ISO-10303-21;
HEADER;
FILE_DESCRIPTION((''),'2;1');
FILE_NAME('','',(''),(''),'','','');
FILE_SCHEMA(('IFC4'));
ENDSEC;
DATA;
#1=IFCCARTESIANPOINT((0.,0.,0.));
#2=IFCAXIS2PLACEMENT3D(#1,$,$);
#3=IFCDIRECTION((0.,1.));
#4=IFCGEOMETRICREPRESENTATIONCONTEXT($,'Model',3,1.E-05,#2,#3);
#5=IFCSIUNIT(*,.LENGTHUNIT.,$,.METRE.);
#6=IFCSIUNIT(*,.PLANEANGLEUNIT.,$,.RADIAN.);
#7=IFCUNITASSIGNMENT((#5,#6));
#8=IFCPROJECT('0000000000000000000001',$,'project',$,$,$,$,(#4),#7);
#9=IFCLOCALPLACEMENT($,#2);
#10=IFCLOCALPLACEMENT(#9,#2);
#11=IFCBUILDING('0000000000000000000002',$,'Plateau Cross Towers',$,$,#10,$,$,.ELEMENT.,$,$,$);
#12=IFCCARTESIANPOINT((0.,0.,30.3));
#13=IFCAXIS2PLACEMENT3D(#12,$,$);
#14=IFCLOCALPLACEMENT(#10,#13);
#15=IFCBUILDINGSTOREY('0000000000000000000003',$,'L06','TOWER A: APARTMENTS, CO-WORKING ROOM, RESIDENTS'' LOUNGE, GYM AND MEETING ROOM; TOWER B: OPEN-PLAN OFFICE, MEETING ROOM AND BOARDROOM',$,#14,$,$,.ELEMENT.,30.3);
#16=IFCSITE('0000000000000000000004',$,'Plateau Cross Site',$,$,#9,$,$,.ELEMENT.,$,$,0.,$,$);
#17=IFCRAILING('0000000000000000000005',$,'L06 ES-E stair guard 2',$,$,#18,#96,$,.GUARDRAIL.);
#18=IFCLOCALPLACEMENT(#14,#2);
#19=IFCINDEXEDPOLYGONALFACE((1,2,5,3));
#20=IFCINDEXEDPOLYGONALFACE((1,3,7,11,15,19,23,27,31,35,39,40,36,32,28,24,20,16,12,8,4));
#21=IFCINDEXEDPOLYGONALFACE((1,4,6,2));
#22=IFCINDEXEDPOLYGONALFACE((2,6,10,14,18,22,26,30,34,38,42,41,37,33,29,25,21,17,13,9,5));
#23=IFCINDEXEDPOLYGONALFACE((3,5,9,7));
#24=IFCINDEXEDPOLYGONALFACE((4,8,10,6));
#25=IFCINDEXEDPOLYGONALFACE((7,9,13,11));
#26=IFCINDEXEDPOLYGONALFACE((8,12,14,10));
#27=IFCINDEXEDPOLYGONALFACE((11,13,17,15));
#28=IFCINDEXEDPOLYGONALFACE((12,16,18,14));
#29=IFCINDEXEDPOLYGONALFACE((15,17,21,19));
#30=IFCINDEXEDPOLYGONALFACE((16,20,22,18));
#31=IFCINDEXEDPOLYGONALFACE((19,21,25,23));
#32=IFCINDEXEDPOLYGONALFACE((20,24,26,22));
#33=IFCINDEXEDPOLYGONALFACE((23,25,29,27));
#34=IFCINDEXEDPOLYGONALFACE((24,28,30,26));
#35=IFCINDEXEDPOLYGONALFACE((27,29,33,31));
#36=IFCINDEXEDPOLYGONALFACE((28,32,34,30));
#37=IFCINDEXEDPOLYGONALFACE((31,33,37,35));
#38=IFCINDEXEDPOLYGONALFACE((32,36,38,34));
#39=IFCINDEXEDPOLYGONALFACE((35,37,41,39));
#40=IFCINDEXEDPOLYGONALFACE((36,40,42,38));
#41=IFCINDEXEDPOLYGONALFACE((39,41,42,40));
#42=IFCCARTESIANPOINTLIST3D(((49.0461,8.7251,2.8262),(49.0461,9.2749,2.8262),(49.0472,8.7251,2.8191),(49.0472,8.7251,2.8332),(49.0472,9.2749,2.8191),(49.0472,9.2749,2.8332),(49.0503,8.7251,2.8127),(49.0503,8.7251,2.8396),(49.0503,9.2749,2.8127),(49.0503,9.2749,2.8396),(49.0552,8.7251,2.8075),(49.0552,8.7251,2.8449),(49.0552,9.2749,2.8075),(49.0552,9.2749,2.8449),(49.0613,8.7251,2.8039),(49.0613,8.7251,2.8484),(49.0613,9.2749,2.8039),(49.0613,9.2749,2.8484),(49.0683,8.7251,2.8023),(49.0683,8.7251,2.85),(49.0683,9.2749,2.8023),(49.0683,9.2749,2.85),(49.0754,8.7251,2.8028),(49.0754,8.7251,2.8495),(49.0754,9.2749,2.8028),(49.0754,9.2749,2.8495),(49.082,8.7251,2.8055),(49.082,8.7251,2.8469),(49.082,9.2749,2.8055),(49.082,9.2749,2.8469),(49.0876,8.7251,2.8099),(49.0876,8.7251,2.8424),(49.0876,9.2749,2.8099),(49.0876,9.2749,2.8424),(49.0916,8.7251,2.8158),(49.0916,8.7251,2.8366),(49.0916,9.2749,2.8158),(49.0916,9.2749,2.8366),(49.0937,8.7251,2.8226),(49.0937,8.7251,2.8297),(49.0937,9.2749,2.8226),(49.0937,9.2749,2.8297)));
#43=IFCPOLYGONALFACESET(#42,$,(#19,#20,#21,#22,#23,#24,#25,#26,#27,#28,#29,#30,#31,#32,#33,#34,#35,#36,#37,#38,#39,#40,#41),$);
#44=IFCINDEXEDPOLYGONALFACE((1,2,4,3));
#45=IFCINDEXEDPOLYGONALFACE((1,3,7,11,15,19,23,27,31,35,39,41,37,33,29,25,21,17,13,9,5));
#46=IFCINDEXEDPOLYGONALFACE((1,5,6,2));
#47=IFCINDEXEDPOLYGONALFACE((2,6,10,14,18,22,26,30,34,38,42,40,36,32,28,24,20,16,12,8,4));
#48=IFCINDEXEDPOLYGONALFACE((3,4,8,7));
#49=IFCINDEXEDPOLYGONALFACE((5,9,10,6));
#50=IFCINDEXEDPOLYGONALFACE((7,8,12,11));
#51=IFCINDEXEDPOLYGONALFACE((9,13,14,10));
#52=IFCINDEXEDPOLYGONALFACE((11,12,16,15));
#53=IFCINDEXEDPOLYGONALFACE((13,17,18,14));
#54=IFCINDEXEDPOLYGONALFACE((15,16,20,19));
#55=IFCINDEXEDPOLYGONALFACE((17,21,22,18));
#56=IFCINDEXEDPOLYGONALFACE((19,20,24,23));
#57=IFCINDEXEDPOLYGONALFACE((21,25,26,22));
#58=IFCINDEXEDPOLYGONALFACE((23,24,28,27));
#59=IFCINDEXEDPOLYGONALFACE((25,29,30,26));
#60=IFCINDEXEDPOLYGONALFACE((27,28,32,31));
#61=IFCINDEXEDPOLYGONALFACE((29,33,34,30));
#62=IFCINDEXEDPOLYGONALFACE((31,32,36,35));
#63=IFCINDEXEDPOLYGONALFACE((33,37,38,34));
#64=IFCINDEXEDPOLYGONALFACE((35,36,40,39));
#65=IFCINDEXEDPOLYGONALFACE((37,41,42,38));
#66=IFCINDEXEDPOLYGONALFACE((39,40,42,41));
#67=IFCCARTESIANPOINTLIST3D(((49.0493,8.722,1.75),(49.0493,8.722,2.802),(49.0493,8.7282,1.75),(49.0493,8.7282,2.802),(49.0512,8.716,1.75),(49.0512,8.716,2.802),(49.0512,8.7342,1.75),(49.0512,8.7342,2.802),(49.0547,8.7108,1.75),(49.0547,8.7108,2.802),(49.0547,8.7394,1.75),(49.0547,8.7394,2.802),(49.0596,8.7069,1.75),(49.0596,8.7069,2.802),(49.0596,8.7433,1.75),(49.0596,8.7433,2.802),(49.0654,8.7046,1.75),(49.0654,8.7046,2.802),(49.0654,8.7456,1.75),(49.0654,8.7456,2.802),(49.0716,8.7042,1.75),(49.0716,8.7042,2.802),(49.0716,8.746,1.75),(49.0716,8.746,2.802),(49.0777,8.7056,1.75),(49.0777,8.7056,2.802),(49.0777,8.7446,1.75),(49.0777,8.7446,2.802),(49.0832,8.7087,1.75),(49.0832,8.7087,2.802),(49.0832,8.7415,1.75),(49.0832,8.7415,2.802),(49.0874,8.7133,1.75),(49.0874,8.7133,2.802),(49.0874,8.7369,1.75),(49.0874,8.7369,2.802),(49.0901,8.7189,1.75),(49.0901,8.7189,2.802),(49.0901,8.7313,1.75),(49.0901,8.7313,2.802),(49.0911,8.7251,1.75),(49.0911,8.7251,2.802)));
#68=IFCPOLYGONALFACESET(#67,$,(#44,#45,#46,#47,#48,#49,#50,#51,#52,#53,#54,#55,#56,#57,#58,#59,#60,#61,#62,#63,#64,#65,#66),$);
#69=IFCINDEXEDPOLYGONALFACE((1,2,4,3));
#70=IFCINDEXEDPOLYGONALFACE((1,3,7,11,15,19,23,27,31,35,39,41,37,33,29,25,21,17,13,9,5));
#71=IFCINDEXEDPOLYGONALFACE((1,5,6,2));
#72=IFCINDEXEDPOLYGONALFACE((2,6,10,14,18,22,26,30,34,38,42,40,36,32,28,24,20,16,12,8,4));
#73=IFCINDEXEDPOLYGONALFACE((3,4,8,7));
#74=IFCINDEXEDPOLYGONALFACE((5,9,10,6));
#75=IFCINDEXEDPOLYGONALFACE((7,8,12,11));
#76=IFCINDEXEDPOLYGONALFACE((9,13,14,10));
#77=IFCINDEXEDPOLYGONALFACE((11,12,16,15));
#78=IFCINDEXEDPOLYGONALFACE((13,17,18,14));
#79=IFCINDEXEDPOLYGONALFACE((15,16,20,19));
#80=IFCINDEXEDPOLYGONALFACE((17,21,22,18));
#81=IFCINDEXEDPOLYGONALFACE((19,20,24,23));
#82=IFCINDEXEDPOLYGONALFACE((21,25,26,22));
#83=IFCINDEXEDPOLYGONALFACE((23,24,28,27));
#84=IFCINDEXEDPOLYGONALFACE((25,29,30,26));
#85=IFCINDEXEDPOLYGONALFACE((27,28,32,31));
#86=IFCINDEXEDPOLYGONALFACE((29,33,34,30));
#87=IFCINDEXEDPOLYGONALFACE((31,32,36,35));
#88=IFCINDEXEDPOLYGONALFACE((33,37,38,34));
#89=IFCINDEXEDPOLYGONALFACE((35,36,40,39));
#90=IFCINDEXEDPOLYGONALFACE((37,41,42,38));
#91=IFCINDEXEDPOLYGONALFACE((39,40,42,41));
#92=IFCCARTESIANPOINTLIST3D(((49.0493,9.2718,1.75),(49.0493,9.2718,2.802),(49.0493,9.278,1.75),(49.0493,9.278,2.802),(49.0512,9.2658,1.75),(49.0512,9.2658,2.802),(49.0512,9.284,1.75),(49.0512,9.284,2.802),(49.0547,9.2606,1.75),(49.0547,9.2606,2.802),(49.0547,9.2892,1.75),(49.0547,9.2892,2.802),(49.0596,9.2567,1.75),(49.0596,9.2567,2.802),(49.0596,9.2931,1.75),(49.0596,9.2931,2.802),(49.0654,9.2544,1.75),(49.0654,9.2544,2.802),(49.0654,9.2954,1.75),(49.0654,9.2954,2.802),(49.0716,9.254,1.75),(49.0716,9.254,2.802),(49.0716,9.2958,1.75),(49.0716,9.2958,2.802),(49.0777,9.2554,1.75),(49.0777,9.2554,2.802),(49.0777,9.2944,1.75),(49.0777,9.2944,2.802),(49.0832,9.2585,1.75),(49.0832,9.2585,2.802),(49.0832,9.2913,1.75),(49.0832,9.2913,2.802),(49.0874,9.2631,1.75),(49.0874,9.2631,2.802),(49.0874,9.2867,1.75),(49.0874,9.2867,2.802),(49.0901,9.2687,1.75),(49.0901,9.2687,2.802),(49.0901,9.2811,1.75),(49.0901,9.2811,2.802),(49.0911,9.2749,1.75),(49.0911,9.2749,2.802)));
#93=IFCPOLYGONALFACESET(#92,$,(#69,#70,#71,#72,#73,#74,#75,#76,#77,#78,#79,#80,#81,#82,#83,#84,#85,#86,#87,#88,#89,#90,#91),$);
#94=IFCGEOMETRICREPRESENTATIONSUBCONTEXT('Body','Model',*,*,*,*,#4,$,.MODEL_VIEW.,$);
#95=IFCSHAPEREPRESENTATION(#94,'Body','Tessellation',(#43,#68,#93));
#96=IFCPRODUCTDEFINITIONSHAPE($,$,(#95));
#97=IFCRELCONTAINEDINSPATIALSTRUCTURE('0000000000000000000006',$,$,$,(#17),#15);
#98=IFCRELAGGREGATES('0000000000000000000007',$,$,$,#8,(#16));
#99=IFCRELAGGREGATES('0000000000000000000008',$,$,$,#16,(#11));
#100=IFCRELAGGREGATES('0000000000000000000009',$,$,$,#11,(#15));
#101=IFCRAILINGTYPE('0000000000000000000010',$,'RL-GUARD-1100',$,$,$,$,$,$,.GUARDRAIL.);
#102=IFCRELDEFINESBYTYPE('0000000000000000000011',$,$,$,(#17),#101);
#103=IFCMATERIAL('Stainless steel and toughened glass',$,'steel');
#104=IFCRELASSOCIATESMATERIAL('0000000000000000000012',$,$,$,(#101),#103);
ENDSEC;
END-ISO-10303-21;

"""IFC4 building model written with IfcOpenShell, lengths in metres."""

from ifc_helpers import new_model, si_unit, direction, frame, origin, origin_2d, place, context, subcontext, project, spatial, circle, extrude, material, type_object, element, save


model = new_model("IFC4")

# Units and contexts
model_context = context("Model", 3, precision=1e-05, world=origin(), true_north=direction((0.0, 1.0)))
body_context = subcontext(model_context, "Body", "Model", "MODEL_VIEW")
ifc_project = project(units=[si_unit("LENGTHUNIT", "METRE"), si_unit("PLANEANGLEUNIT", "RADIAN")], contexts=[model_context])

# Site, building, storey
site_placement = place(None, origin())
site = spatial("IfcSite", under=ifc_project, at=site_placement, Name="Plateau Cross Site", CompositionType="ELEMENT", RefElevation=0.0)
building_placement = place(site_placement, origin())
building = spatial("IfcBuilding", under=site, at=building_placement, Name="Plateau Cross Towers", CompositionType="ELEMENT")
storey_placement = place(building_placement, frame((0.0, 0.0, 30.3)))
storey = spatial("IfcBuildingStorey", under=building, at=storey_placement, Name="L06", Description="TOWER A: APARTMENTS, CO-WORKING ROOM, RESIDENTS' LOUNGE, GYM AND MEETING ROOM; TOWER B: OPEN-PLAN OFFICE, MEETING ROOM AND BOARDROOM", CompositionType="ELEMENT", Elevation=30.3)

# Railing
ifc_material_1 = material(Name="Stainless steel and toughened glass", Category="steel")
railing_type_1 = type_object("IfcRailingType", Name="RL-GUARD-1100", PredefinedType="GUARDRAIL", material=ifc_material_1)
railing_1_placement = place(storey_placement, frame((49.0701, 8.7251, 1.75)))
element("IfcRailing", 1, at=railing_1_placement, inside=storey, type_object=railing_type_1, Name="L06 ES-E stair guard 2", PredefinedType="GUARDRAIL", context=body_context, shape_type="SweptSolid", body=[
    extrude(circle(Radius=0.0239, at=origin_2d()), frame((0.0, 0.0, 1.0762), z_axis=(0.0, 1.0, 0.0), x_axis=(-1.0, 0.0, 0.0)), (0.0, 0.0, 1.0), 0.5498),
    extrude(circle(Radius=0.021, at=origin_2d()), origin(), (0.0, 0.0, 1.0), 1.052),
    extrude(circle(Radius=0.021, at=origin_2d()), frame((0.0, 0.5498, 0.0)), (0.0, 0.0, 1.0), 1.052),
])

save(model, "model.ifc")
